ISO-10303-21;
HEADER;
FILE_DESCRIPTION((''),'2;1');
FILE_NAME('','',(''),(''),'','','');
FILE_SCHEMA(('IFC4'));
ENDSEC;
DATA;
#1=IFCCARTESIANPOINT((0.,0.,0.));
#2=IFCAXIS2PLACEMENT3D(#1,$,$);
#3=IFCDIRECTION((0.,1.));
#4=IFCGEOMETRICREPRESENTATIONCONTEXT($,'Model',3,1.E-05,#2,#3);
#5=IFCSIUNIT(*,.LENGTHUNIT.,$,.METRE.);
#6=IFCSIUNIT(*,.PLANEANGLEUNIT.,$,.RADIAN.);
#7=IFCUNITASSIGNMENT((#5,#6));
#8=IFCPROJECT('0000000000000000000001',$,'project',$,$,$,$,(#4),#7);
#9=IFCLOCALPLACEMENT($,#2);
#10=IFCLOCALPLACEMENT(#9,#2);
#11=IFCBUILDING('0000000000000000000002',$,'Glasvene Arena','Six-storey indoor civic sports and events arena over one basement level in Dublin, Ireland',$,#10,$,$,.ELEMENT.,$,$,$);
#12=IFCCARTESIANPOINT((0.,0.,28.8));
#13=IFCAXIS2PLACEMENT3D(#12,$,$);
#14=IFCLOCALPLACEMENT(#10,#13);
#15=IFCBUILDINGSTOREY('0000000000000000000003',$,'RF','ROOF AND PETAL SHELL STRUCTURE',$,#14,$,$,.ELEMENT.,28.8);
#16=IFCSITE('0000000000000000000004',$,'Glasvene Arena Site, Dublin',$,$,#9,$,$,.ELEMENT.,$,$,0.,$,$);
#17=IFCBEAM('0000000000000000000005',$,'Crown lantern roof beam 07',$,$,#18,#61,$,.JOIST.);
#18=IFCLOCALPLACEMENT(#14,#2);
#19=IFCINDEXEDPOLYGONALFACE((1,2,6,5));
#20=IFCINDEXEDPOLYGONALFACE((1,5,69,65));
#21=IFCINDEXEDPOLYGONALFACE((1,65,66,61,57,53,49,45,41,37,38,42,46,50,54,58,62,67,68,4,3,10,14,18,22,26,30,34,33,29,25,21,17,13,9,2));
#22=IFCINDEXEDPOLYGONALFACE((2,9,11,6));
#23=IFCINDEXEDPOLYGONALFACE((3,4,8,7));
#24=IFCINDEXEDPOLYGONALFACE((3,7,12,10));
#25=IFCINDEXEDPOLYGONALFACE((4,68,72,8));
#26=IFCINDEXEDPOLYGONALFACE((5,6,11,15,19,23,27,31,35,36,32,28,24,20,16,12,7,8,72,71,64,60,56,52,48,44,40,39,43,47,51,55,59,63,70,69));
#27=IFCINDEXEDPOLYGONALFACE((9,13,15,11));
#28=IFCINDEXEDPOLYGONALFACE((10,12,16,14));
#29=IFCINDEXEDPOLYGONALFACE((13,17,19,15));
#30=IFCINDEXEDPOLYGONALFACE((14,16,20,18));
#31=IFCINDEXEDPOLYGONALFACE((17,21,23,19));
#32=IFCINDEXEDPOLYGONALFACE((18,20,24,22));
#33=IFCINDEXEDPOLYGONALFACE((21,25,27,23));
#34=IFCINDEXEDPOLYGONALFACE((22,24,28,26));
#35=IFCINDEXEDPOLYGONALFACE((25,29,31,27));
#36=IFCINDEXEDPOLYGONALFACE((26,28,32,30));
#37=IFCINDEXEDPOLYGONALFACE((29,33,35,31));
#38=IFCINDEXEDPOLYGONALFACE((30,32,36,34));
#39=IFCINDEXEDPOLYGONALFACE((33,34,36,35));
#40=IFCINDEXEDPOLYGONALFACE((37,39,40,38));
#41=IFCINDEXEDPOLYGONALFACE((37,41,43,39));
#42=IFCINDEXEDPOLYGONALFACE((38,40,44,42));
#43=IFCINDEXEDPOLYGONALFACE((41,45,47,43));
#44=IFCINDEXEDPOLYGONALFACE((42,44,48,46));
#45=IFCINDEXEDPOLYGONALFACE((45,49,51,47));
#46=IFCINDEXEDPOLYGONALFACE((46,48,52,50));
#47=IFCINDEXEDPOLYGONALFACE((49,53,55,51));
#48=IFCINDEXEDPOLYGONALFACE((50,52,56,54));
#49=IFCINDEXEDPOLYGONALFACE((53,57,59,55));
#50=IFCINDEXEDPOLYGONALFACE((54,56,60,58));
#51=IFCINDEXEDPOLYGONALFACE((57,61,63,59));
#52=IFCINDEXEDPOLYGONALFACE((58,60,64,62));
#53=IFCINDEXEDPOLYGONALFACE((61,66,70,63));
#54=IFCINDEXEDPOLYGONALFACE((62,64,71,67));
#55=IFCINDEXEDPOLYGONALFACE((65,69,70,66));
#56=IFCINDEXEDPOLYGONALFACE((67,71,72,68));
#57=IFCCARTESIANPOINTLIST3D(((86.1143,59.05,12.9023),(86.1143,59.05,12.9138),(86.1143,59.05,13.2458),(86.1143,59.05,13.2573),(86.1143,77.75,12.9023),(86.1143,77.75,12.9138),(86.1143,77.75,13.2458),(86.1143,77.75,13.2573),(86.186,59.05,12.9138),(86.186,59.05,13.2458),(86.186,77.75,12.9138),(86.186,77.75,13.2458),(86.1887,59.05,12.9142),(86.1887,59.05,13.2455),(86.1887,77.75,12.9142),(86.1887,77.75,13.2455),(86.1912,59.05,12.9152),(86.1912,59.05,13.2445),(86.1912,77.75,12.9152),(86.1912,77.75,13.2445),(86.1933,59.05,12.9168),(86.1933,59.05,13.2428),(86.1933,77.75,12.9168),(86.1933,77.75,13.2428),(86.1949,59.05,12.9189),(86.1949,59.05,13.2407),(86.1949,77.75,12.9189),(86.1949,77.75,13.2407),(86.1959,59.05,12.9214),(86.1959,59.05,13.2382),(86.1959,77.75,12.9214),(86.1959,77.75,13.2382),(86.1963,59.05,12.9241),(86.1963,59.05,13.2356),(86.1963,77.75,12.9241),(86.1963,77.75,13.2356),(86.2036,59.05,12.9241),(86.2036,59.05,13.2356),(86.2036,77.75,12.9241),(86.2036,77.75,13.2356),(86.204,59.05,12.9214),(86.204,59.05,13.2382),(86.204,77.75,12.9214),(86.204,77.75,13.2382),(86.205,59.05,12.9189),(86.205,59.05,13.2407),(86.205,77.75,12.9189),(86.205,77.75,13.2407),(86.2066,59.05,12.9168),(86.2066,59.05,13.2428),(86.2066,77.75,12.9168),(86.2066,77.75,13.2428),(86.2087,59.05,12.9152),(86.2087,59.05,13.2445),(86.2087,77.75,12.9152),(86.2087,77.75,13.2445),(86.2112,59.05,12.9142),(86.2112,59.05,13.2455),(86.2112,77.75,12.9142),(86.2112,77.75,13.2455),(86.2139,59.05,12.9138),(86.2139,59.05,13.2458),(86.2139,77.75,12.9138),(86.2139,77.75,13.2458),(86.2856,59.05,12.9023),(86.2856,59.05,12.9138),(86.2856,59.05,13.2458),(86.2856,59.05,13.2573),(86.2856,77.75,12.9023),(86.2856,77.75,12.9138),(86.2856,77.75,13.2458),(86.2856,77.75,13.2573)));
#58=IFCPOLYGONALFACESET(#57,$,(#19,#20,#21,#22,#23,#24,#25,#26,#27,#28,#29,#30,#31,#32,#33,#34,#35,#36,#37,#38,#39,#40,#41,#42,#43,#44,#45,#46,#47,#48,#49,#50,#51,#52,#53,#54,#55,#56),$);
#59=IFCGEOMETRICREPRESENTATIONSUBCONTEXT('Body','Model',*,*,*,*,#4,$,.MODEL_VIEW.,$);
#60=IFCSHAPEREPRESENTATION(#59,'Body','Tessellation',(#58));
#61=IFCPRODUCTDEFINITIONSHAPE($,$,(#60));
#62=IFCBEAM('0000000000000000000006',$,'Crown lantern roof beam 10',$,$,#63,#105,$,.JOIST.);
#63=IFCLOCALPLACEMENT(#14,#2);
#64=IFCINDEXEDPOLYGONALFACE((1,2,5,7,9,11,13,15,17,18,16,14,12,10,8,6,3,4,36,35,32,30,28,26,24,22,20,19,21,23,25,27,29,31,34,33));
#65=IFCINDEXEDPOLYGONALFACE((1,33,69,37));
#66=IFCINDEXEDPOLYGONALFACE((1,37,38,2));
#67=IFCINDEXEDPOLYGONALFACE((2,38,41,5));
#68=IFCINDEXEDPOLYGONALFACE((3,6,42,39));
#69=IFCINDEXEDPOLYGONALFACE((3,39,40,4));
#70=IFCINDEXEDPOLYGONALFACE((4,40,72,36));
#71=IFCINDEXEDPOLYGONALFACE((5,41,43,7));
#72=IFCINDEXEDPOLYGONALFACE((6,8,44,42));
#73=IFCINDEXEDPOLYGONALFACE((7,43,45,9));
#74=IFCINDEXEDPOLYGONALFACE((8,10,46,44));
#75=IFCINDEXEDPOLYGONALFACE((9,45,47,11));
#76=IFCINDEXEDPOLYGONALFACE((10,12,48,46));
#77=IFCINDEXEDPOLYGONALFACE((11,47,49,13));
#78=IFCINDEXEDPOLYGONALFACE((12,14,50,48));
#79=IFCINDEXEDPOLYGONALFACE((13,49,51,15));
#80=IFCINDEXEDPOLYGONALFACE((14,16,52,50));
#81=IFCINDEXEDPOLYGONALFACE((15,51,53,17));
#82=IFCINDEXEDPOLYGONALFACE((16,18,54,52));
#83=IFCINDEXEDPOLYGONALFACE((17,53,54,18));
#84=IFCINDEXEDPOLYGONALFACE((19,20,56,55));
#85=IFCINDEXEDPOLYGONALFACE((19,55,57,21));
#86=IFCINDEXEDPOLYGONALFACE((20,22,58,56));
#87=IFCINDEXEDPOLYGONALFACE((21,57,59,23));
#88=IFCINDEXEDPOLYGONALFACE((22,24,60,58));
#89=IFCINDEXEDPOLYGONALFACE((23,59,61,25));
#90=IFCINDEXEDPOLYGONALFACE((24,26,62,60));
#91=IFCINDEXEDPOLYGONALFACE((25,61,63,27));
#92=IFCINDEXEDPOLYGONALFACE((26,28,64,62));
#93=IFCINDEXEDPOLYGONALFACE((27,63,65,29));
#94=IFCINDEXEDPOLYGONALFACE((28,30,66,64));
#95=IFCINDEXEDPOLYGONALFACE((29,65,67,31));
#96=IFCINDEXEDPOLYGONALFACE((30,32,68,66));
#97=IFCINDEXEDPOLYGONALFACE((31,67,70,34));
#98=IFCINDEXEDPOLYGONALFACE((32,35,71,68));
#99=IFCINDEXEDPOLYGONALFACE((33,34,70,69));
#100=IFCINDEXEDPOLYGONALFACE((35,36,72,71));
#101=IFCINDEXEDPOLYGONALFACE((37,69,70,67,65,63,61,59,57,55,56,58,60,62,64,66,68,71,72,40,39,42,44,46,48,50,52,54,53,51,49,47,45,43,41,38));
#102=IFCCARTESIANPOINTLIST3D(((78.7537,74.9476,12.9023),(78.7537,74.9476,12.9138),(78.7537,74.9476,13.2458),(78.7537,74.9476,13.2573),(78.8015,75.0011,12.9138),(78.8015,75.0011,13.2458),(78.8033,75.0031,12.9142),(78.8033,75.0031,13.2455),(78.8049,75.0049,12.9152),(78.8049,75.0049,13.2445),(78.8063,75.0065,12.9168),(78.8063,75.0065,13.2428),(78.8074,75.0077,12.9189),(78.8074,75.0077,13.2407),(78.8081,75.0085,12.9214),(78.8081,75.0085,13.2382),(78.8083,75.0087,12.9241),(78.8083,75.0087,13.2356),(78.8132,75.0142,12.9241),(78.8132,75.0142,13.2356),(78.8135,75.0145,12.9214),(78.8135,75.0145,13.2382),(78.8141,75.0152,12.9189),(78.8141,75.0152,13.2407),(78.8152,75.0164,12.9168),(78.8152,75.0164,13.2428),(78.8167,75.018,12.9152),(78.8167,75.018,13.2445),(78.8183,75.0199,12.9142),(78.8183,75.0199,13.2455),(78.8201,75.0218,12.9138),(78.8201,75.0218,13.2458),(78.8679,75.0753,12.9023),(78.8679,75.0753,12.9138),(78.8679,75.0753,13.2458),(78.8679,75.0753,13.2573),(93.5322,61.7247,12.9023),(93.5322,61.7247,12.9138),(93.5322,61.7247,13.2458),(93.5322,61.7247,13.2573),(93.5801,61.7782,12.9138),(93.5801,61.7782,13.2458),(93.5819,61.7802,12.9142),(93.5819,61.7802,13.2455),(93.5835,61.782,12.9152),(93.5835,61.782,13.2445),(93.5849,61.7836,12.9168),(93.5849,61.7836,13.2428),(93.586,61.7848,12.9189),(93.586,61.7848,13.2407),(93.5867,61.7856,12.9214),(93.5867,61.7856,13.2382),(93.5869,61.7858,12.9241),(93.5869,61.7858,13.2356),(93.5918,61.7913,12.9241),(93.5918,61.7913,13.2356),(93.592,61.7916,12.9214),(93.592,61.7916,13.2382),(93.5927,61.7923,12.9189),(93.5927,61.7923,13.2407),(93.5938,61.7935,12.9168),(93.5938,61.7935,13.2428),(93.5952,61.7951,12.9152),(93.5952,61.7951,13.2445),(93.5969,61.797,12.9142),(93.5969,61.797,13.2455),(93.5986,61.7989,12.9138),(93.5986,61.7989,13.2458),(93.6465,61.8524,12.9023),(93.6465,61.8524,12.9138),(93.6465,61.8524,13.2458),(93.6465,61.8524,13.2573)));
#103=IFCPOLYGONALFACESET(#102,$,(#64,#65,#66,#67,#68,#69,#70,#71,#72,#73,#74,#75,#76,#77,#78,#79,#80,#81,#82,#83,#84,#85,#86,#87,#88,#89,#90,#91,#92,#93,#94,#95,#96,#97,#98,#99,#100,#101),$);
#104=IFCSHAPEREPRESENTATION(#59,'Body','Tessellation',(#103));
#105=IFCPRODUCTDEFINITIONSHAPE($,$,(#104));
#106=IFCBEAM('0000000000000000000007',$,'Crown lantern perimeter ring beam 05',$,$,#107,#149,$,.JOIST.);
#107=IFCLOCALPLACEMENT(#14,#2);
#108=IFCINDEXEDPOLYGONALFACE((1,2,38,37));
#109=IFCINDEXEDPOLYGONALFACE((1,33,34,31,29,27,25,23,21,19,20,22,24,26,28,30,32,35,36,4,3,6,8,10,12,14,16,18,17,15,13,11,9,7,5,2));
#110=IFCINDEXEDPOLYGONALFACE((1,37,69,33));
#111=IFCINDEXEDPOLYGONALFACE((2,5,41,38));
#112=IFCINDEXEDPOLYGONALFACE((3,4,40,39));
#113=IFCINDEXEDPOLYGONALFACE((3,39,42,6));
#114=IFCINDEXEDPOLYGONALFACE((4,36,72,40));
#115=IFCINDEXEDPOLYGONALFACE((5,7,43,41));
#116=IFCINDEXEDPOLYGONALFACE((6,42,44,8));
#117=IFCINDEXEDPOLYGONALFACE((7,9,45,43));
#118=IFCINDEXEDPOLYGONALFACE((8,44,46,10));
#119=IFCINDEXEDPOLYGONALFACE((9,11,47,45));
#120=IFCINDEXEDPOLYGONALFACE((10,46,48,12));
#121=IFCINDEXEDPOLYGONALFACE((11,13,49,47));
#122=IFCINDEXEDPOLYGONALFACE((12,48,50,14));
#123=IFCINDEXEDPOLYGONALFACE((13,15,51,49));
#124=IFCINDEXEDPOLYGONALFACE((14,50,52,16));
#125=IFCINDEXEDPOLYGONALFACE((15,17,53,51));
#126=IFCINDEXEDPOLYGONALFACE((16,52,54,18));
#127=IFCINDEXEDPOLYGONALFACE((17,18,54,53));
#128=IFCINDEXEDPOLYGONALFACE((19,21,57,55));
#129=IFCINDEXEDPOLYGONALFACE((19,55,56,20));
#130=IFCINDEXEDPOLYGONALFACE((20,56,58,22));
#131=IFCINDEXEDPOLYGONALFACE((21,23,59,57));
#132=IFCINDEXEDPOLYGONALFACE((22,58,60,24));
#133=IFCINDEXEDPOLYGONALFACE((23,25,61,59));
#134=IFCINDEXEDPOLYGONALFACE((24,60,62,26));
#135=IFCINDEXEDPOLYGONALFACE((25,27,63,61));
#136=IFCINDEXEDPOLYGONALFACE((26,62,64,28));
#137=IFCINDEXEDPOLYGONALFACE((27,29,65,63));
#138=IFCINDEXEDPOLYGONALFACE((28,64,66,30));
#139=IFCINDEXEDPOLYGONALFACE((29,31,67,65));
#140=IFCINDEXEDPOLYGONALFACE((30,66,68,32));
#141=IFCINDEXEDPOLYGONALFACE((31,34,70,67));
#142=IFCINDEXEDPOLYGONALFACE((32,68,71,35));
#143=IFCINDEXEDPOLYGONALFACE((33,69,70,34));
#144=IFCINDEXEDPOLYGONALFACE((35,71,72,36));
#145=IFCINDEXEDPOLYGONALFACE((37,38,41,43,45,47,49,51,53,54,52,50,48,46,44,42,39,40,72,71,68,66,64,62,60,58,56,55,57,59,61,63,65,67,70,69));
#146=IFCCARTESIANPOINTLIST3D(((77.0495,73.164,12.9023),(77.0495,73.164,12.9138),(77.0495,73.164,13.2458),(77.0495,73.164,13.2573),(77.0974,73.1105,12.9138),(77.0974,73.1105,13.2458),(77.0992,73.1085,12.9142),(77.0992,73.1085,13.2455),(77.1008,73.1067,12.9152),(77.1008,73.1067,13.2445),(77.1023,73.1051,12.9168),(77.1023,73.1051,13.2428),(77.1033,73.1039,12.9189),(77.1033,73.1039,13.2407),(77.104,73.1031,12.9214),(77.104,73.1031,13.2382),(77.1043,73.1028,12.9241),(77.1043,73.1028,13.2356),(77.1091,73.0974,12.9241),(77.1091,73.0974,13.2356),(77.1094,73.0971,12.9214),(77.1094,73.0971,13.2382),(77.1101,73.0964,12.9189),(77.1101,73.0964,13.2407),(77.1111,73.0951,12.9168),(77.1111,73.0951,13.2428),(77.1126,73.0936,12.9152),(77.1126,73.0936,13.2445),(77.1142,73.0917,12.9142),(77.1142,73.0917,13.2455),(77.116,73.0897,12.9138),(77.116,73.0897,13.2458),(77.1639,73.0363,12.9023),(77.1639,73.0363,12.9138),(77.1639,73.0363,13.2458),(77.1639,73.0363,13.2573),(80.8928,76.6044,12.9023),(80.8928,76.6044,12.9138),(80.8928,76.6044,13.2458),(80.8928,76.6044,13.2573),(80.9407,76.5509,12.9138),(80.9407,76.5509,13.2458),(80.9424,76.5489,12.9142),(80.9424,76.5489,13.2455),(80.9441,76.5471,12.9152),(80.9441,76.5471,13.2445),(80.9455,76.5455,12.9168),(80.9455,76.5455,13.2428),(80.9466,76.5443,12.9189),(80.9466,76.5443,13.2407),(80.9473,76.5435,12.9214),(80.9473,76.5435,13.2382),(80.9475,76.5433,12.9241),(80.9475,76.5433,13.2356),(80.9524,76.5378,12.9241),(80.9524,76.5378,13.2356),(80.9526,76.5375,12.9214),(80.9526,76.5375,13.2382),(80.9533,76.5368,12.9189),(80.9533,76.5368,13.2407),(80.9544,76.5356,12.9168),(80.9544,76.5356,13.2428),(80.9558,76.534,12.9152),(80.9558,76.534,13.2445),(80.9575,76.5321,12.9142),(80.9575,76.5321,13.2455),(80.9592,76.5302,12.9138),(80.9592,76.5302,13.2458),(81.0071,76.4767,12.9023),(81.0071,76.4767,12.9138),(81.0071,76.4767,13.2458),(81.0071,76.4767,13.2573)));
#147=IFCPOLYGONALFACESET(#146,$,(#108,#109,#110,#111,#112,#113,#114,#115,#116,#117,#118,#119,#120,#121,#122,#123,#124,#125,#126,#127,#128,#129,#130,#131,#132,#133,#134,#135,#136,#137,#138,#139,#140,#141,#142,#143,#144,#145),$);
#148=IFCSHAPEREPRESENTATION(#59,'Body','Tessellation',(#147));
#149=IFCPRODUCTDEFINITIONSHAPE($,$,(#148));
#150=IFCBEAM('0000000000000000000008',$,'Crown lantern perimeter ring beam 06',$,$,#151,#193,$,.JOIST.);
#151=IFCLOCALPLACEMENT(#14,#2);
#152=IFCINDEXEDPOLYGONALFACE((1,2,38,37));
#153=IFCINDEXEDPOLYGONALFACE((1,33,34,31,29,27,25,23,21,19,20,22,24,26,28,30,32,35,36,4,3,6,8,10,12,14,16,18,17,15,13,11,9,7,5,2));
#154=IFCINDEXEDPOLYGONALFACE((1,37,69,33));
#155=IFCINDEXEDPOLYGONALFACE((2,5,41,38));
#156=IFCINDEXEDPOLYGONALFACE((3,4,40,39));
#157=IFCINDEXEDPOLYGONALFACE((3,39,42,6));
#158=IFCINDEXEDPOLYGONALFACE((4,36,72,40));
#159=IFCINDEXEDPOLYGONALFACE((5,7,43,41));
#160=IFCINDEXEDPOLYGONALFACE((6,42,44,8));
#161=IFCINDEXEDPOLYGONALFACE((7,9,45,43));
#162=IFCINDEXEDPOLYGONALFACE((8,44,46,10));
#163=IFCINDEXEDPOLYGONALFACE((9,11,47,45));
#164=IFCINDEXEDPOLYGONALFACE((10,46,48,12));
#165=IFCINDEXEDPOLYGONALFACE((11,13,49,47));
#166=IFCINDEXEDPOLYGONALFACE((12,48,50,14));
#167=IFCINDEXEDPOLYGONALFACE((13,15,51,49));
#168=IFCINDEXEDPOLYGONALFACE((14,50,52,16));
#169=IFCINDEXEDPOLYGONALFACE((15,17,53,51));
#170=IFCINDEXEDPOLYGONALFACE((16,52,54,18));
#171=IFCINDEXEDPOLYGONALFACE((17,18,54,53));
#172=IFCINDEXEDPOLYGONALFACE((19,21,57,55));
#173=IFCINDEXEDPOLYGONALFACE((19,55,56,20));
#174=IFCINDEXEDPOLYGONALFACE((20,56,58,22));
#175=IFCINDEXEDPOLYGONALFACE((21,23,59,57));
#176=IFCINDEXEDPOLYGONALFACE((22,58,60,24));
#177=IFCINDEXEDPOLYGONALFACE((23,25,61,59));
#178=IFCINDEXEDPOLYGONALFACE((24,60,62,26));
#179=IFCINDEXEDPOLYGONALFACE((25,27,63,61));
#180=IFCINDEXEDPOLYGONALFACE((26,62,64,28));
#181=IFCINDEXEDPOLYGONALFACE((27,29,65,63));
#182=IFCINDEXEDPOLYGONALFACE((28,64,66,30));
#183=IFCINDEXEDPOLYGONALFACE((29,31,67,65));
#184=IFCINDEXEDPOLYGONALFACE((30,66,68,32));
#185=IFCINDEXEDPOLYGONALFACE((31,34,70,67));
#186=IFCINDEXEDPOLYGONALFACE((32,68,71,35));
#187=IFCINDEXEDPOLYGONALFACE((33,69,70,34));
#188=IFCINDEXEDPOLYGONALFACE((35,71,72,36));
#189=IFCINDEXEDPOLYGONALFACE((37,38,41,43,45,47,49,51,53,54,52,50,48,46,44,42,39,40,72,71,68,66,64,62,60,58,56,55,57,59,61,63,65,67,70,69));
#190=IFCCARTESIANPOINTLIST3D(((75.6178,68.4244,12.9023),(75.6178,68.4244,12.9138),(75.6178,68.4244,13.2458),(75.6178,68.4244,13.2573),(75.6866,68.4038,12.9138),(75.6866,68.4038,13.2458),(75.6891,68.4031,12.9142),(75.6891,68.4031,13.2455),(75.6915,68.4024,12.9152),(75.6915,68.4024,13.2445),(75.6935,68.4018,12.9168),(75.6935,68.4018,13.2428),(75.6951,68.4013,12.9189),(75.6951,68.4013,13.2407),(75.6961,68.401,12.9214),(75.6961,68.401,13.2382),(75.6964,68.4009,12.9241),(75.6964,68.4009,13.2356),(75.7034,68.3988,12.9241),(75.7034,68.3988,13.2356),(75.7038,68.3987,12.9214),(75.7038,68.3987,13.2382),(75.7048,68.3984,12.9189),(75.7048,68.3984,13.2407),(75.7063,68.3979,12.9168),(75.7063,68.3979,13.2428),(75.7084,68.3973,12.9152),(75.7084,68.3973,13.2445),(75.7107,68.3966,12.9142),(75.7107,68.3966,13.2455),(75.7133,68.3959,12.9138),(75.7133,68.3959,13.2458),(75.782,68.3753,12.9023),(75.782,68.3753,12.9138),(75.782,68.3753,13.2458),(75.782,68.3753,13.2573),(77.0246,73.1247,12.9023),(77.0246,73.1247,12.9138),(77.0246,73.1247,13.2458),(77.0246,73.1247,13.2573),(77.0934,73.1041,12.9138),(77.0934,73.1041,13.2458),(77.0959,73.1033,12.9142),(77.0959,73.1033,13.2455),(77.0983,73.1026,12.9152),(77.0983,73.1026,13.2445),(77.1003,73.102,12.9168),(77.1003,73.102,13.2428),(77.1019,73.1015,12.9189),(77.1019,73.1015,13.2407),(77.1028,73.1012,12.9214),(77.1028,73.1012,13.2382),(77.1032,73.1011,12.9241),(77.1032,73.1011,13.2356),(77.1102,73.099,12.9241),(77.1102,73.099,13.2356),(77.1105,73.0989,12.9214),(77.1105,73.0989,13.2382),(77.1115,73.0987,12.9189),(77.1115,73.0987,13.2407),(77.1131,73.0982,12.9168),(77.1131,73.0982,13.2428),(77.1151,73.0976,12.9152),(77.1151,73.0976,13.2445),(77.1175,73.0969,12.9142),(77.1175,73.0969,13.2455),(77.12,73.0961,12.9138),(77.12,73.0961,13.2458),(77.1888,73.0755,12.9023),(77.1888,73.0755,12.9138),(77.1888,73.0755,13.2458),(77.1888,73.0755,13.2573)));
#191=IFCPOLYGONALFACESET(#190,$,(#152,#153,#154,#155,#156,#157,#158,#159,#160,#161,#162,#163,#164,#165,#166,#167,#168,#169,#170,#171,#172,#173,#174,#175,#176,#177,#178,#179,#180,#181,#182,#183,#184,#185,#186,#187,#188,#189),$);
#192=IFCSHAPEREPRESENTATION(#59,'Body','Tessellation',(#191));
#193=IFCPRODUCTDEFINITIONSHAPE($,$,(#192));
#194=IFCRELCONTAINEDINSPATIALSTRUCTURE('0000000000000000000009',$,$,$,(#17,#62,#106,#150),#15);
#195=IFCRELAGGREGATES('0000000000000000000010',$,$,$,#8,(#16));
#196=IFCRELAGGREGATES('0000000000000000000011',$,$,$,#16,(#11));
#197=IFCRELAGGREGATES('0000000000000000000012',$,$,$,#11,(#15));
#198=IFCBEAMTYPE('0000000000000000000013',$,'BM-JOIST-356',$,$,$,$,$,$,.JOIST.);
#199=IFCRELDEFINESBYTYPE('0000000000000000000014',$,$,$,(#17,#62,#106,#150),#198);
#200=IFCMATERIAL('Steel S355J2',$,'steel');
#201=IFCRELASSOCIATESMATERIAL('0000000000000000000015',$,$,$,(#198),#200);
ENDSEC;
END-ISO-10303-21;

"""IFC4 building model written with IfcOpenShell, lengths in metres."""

from ifc_helpers import new_model, si_unit, direction, frame, origin, origin_2d, place, context, subcontext, project, spatial, i_section, extrude, material, material_profile, profile_set, type_object, element, save


model = new_model("IFC4")

# Units and contexts
model_context = context("Model", 3, precision=1e-05, world=origin(), true_north=direction((0.0, 1.0)))
body_context = subcontext(model_context, "Body", "Model", "MODEL_VIEW")
ifc_project = project(units=[si_unit("LENGTHUNIT", "METRE"), si_unit("PLANEANGLEUNIT", "RADIAN")], contexts=[model_context])

# Site, building, storey
site_placement = place(None, origin())
site = spatial("IfcSite", under=ifc_project, at=site_placement, Name="Glasvene Arena Site, Dublin", CompositionType="ELEMENT", RefElevation=0.0)
building_placement = place(site_placement, origin())
building = spatial("IfcBuilding", under=site, at=building_placement, Name="Glasvene Arena", Description="Six-storey indoor civic sports and events arena over one basement level in Dublin, Ireland", CompositionType="ELEMENT")
storey_placement = place(building_placement, frame((0.0, 0.0, 28.8)))
storey = spatial("IfcBuildingStorey", under=building, at=storey_placement, Name="RF", Description="ROOF AND PETAL SHELL STRUCTURE", CompositionType="ELEMENT", Elevation=28.8)

# Beams
ifc_material_1 = material(Name="Steel S355J2", Category="steel")
ifc_material_profile_1 = material_profile(ifc_material_1, i_section(OverallWidth=0.1714, OverallDepth=0.355, WebThickness=0.0073, FlangeThickness=0.0115, FilletRadius=0.0103, at=origin_2d()), Name="UKB 356x171x51")
ifc_profile_set_1 = profile_set([ifc_material_profile_1], Name="Steel S355J2")
beam_type = type_object("IfcBeamType", Name="BM-JOIST-356", PredefinedType="JOIST", material=ifc_profile_set_1)
beam_1_placement = place(storey_placement, frame((86.2, 77.75, 13.0798), z_axis=(0.0, -1.0, 0.0), x_axis=(1.0, 0.0, 0.0)))
element("IfcBeam", 1, at=beam_1_placement, inside=storey, type_object=beam_type, Name="Crown lantern roof beam 07", PredefinedType="JOIST", context=body_context, shape_type="SweptSolid", body=[
    extrude(i_section(OverallWidth=0.1714, OverallDepth=0.355, WebThickness=0.0073, FlangeThickness=0.0115, FilletRadius=0.0103, at=origin_2d()), origin(), (0.0, 0.0, 1.0), 18.7),
])
beam_2_placement = place(storey_placement, frame((78.8108, 75.0115, 13.0798), z_axis=(0.745242, -0.666794, 0.0), x_axis=(0.666794, 0.745242, 0.0)))
element("IfcBeam", 2, at=beam_2_placement, inside=storey, type_object=beam_type, Name="Crown lantern roof beam 10", PredefinedType="JOIST", context=body_context, shape_type="SweptSolid", body=[
    extrude(i_section(OverallWidth=0.1714, OverallDepth=0.355, WebThickness=0.0073, FlangeThickness=0.0115, FilletRadius=0.0103, at=origin_2d()), origin(), (0.0, 0.0, 1.0), 19.8306),
])
beam_3_placement = place(storey_placement, frame((80.95, 76.5405, 13.0798), z_axis=(-0.745075, -0.66698, 0.0), x_axis=(0.66698, -0.745075, 0.0)))
element("IfcBeam", 3, at=beam_3_placement, inside=storey, type_object=beam_type, Name="Crown lantern perimeter ring beam 05", PredefinedType="JOIST", context=body_context, shape_type="SweptSolid", body=[
    extrude(i_section(OverallWidth=0.1714, OverallDepth=0.355, WebThickness=0.0073, FlangeThickness=0.0115, FilletRadius=0.0103, at=origin_2d()), origin(), (0.0, 0.0, 1.0), 5.1582),
])
beam_4_placement = place(storey_placement, frame((77.1067, 73.1001, 13.0798), z_axis=(-0.286727, -0.958012, 0.0), x_axis=(0.958012, -0.286727, 0.0)))
element("IfcBeam", 4, at=beam_4_placement, inside=storey, type_object=beam_type, Name="Crown lantern perimeter ring beam 06", PredefinedType="JOIST", context=body_context, shape_type="SweptSolid", body=[
    extrude(i_section(OverallWidth=0.1714, OverallDepth=0.355, WebThickness=0.0073, FlangeThickness=0.0115, FilletRadius=0.0103, at=origin_2d()), origin(), (0.0, 0.0, 1.0), 4.9062),
])

save(model, "model.ifc")
